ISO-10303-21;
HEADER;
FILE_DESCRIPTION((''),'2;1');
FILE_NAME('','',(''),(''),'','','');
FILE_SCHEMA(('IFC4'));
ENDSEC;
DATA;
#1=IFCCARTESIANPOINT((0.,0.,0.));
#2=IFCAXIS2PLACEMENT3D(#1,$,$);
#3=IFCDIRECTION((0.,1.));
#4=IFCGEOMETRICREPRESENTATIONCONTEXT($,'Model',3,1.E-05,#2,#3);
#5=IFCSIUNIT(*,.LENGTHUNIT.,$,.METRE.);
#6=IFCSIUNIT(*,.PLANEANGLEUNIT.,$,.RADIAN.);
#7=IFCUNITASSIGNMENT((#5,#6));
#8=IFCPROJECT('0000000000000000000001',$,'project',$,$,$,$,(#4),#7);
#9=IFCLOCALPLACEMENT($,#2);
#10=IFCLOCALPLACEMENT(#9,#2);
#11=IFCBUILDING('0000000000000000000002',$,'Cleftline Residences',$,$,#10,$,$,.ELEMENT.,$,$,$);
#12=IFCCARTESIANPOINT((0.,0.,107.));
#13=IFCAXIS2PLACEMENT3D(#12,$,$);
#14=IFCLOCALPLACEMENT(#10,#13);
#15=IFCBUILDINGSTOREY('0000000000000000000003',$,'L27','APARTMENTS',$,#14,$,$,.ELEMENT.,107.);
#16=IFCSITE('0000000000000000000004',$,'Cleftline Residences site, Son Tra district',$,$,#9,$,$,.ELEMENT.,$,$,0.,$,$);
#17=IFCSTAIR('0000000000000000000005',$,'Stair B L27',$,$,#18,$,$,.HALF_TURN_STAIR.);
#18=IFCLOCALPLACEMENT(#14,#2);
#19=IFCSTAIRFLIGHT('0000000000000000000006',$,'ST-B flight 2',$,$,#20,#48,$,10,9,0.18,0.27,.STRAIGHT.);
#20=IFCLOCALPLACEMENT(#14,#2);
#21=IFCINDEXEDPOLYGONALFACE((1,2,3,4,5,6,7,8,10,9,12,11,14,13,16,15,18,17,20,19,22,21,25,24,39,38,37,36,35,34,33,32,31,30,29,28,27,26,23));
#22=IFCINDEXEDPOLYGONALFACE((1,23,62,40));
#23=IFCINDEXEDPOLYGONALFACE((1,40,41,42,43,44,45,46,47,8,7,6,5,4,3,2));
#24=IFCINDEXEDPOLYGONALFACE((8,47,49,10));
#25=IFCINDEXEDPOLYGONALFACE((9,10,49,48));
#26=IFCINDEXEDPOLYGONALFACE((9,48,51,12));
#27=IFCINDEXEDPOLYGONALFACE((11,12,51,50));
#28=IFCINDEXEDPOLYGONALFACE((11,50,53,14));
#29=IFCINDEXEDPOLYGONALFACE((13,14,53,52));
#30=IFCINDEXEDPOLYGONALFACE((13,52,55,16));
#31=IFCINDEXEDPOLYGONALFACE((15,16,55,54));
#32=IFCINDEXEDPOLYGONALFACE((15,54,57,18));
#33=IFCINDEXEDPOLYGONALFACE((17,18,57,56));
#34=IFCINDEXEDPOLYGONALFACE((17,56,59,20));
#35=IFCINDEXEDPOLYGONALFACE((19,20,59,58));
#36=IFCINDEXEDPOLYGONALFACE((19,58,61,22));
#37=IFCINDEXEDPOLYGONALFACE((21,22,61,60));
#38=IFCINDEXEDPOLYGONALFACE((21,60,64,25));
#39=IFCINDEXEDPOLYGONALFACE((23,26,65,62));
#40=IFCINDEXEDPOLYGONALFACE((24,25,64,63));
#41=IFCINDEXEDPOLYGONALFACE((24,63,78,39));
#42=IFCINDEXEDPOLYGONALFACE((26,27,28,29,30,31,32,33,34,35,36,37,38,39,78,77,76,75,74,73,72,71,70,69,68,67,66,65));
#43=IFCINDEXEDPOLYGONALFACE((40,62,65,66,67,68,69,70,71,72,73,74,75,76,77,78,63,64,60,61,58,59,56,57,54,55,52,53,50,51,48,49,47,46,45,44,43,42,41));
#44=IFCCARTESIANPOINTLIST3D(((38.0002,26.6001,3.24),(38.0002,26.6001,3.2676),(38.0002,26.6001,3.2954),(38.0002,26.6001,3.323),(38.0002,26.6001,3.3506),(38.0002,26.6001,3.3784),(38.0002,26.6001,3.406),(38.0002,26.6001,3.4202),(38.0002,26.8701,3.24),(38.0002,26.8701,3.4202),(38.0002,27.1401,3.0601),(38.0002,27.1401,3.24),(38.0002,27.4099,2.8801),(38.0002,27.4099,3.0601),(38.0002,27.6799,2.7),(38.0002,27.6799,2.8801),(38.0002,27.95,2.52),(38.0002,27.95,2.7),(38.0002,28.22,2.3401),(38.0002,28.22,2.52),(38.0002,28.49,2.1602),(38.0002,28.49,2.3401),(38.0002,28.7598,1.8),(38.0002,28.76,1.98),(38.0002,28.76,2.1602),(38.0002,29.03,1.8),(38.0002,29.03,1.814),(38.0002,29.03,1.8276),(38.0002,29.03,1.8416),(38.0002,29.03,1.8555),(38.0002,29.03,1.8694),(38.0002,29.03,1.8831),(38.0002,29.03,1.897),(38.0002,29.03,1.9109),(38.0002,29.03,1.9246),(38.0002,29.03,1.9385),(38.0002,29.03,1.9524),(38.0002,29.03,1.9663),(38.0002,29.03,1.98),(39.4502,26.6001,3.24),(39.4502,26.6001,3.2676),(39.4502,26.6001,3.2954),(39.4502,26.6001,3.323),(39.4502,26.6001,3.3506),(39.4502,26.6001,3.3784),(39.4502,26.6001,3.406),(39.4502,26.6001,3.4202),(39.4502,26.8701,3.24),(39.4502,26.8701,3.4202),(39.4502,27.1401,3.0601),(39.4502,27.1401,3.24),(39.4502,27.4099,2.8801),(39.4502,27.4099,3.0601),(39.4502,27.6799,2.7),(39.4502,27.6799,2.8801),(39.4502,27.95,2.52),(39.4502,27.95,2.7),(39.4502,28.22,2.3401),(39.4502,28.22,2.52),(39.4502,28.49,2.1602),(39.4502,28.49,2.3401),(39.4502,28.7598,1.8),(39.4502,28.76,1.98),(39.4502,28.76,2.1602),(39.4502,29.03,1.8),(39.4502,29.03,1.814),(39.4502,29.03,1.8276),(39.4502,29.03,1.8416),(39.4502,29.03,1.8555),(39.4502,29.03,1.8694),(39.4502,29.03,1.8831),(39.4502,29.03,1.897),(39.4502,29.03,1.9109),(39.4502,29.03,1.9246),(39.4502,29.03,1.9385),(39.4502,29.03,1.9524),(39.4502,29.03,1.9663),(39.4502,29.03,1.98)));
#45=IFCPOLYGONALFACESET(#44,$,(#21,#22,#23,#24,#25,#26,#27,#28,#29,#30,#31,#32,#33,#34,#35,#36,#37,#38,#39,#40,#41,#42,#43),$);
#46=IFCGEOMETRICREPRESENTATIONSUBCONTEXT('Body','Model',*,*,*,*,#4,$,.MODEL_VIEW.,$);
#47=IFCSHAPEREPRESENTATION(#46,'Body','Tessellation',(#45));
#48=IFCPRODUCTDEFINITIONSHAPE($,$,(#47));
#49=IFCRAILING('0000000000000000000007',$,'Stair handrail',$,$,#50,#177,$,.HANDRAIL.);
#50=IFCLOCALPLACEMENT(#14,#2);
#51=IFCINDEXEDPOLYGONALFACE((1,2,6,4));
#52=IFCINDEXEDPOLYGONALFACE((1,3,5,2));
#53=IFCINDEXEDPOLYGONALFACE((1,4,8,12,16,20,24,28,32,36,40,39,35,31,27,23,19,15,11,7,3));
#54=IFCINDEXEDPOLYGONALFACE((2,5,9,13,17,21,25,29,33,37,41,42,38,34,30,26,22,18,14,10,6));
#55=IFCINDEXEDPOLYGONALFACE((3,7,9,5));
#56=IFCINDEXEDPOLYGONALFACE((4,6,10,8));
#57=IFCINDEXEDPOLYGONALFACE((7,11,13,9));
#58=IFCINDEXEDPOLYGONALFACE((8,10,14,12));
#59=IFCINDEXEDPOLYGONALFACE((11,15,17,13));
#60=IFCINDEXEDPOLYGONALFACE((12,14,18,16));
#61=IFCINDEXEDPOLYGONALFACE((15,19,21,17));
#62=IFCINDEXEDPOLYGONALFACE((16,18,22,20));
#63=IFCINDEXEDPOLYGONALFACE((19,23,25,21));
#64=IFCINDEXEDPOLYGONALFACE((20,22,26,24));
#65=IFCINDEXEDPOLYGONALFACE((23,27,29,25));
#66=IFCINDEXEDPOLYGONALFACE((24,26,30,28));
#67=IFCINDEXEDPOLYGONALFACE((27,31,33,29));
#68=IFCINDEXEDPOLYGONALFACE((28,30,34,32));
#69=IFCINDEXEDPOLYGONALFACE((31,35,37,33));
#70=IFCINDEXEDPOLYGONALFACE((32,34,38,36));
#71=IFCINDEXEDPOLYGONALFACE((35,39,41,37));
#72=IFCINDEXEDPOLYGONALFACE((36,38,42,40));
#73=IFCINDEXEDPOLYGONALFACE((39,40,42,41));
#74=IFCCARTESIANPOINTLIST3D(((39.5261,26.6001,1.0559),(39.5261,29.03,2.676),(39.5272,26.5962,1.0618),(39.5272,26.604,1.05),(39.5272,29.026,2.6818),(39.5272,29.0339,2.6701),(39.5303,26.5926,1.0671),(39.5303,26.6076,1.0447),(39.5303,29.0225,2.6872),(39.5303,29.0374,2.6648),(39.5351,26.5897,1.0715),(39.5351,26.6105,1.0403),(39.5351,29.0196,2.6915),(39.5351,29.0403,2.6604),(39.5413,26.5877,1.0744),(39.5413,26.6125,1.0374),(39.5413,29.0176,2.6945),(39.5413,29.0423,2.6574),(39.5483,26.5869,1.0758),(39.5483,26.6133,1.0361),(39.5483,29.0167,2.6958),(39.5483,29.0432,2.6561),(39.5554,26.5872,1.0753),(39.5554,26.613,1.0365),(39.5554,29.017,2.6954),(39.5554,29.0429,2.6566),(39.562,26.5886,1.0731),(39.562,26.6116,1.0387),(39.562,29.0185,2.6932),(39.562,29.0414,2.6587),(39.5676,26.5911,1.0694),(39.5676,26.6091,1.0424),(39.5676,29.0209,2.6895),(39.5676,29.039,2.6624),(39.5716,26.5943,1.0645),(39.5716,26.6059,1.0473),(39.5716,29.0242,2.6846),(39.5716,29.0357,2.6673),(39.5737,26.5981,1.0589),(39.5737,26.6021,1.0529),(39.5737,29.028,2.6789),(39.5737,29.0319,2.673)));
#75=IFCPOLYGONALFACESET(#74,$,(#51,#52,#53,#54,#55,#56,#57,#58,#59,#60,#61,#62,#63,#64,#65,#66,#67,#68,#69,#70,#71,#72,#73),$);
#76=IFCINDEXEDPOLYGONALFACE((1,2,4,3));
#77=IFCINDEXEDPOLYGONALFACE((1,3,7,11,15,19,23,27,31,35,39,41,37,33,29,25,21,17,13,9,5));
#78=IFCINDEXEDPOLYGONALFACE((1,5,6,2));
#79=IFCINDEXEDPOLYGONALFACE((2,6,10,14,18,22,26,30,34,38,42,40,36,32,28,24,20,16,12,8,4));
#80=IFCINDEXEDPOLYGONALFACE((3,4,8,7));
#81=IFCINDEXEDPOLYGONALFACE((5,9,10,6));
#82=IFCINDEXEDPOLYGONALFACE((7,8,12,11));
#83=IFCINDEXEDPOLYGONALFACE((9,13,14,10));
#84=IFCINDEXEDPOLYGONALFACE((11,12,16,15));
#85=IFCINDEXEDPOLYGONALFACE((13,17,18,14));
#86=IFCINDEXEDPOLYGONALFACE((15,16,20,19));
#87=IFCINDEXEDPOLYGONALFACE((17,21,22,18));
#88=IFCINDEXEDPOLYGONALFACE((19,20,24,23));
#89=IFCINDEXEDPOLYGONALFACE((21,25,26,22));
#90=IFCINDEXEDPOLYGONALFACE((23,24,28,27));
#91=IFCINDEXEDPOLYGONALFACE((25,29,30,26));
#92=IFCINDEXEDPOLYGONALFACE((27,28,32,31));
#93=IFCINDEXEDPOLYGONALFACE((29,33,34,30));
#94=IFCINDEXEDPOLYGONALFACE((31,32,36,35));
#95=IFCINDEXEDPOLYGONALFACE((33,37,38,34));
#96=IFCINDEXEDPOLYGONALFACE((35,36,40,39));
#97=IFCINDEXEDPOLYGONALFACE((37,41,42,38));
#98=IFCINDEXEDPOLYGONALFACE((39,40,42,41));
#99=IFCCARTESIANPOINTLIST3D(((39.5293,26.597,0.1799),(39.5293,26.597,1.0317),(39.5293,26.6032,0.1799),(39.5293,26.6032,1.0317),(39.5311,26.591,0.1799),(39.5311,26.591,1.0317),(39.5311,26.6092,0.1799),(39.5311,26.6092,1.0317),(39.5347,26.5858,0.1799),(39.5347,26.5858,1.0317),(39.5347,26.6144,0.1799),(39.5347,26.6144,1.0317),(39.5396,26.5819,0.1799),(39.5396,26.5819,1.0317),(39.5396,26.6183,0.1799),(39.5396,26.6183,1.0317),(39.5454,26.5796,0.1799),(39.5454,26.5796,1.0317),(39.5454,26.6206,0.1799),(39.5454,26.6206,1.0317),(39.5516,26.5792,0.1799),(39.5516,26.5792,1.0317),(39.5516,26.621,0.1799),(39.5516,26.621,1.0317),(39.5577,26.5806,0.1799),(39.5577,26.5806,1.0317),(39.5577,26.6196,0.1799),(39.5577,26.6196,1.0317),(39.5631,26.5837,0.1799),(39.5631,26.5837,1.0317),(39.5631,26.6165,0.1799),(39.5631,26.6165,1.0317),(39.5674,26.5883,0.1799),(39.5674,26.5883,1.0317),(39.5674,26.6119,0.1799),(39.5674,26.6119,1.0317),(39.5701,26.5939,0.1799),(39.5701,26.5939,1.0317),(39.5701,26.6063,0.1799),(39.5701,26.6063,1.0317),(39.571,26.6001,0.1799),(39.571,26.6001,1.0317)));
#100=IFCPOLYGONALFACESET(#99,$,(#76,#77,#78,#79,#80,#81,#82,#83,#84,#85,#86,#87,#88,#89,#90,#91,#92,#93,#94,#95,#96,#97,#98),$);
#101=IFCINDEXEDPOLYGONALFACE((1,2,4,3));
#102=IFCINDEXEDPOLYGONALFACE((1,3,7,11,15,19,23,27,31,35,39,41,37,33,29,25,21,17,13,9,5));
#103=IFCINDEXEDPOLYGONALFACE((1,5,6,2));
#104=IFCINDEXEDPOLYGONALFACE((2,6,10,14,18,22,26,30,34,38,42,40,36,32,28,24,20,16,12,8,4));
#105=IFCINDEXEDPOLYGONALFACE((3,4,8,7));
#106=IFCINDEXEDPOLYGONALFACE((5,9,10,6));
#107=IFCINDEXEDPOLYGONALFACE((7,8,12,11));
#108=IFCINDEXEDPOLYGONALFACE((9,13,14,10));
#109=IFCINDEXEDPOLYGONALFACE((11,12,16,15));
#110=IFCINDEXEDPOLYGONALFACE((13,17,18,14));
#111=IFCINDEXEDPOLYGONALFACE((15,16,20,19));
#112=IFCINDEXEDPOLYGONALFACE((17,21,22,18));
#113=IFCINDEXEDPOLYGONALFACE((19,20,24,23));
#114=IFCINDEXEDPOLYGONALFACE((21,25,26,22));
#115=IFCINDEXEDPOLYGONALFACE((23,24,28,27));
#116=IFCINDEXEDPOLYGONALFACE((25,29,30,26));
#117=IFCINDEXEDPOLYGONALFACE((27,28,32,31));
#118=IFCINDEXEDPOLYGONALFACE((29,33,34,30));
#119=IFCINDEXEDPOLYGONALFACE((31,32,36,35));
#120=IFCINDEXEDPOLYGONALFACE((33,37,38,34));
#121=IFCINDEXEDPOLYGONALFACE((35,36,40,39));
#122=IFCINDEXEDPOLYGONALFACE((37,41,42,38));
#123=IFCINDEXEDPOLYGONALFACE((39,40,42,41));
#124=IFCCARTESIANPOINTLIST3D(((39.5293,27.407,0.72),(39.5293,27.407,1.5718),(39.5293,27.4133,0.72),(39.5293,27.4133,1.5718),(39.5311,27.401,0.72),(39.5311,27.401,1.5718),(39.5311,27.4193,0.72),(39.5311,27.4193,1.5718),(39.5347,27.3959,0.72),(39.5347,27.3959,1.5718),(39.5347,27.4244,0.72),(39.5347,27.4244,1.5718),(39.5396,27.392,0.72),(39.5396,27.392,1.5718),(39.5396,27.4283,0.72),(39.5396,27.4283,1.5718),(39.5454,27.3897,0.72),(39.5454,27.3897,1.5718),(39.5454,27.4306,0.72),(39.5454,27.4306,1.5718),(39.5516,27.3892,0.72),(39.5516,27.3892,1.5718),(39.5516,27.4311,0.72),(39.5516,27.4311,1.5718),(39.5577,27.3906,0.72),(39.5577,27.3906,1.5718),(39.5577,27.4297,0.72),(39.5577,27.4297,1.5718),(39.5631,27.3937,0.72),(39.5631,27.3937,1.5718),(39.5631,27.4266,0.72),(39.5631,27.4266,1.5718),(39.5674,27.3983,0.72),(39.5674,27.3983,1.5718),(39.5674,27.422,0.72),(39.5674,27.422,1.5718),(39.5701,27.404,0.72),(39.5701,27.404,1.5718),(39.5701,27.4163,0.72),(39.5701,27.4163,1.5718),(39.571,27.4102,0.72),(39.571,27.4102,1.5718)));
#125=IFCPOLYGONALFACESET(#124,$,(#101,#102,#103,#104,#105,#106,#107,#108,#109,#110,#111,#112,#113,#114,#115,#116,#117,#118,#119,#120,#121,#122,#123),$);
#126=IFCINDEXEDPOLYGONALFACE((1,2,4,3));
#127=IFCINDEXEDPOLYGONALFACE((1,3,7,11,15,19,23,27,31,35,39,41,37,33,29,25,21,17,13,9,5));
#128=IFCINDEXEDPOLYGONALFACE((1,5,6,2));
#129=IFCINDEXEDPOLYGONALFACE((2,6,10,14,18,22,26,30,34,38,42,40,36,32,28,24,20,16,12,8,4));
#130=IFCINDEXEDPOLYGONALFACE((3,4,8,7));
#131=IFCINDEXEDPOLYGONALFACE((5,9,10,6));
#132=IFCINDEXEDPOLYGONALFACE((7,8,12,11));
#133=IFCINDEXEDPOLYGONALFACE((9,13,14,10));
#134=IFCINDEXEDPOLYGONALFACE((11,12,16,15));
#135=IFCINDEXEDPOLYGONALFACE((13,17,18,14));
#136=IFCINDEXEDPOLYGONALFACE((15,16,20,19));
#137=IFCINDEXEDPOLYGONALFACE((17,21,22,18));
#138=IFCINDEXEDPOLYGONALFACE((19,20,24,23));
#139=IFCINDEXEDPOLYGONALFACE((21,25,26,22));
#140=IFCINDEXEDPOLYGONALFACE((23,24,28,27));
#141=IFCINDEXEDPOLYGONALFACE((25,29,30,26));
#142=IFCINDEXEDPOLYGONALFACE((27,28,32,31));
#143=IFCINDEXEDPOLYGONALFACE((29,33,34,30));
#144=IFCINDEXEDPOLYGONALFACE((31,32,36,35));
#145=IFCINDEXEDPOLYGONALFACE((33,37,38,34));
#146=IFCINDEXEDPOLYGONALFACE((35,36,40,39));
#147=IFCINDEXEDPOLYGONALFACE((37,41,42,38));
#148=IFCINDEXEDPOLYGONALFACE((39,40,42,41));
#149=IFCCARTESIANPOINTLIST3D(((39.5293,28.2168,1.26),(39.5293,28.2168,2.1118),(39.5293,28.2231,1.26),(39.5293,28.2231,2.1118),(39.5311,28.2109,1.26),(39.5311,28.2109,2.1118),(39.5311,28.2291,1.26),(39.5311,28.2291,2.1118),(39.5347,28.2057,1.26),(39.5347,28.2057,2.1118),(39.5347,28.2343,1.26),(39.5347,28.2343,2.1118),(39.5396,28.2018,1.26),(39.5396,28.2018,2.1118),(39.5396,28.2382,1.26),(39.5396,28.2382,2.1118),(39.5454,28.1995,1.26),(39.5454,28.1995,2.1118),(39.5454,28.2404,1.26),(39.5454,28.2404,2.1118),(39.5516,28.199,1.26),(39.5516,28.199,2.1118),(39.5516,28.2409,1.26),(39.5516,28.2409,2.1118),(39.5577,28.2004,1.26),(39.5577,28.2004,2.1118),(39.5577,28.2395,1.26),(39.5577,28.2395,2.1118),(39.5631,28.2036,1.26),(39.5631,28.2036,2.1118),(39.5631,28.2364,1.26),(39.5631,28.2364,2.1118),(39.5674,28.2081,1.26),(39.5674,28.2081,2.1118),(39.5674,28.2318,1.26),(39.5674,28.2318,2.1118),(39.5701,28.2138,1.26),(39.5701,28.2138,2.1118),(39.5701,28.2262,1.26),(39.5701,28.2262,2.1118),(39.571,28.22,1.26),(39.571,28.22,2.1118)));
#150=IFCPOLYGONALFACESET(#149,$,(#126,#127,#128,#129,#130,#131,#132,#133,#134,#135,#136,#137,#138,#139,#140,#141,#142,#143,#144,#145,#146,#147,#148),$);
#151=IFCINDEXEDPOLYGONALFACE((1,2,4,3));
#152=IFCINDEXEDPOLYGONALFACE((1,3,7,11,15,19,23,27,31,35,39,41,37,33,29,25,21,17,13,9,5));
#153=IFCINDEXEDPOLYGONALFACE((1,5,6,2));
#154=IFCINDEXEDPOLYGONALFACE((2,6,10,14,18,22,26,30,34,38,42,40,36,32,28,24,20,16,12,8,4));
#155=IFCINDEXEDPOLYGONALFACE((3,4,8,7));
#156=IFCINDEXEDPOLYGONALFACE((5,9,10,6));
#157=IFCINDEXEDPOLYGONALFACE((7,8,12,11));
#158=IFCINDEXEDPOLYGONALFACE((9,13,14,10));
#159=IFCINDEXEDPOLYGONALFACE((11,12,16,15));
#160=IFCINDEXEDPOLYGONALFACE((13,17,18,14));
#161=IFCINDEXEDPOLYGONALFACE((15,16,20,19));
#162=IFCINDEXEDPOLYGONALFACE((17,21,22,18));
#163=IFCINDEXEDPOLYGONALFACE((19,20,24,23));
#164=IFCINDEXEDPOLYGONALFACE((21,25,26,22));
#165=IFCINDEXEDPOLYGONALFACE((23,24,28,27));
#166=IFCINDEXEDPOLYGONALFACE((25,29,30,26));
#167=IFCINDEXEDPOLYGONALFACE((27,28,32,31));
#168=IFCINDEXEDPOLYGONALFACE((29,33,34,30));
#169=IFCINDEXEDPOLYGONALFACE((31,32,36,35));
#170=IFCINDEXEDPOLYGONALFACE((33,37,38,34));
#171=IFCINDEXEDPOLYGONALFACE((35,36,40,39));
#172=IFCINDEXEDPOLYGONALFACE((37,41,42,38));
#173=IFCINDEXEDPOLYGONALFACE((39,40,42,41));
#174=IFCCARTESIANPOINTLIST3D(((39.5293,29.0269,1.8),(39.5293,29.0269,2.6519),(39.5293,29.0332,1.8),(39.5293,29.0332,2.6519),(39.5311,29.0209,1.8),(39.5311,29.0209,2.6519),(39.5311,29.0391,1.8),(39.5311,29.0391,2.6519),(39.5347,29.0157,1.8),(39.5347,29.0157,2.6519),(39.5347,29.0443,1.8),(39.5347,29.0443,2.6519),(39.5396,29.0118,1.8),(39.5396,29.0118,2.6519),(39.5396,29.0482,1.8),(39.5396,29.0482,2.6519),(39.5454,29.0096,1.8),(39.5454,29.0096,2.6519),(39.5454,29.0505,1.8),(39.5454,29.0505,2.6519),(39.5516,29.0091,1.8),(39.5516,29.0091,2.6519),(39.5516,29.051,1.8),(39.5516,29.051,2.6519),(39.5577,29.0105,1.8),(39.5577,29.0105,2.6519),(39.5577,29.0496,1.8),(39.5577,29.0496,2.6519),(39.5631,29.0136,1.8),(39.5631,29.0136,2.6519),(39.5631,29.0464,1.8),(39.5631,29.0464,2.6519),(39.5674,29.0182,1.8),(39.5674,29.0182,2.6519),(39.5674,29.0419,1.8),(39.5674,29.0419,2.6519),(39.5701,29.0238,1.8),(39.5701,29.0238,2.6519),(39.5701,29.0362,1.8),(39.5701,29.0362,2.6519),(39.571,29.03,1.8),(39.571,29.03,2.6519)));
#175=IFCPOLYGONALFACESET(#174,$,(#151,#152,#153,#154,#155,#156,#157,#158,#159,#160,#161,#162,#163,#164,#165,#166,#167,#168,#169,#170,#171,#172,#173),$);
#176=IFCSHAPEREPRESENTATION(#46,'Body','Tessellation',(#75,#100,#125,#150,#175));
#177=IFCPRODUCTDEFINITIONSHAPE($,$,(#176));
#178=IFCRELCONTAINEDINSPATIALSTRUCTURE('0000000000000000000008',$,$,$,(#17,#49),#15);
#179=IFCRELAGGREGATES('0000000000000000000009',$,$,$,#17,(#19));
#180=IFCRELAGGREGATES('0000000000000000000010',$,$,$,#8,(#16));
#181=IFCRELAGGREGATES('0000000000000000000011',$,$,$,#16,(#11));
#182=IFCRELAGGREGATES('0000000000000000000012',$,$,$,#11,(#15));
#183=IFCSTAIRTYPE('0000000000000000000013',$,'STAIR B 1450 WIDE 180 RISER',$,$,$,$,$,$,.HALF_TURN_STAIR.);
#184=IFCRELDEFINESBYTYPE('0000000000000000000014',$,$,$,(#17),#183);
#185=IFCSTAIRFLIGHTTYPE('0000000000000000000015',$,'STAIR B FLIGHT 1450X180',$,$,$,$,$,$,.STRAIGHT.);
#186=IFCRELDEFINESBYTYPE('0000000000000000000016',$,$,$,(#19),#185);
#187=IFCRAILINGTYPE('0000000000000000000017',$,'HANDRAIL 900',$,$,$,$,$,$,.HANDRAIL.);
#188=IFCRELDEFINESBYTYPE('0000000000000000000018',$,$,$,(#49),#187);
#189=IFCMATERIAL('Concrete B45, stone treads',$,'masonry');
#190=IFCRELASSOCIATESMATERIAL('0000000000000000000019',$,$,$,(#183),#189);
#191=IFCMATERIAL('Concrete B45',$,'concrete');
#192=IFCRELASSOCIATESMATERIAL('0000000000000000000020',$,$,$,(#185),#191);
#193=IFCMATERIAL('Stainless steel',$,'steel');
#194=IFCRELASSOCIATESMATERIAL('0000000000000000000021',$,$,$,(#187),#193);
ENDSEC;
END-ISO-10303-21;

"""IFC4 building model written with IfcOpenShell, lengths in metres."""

from ifc_helpers import new_model, si_unit, direction, frame, origin, origin_2d, place, context, subcontext, project, spatial, polyline, circle, outline, extrude, material, type_object, element, aggregate, save


model = new_model("IFC4")

# Units and contexts
model_context = context("Model", 3, precision=1e-05, world=origin(), true_north=direction((0.0, 1.0)))
body_context = subcontext(model_context, "Body", "Model", "MODEL_VIEW")
ifc_project = project(units=[si_unit("LENGTHUNIT", "METRE"), si_unit("PLANEANGLEUNIT", "RADIAN")], contexts=[model_context])

# Site, building, storey
site_placement = place(None, origin())
site = spatial("IfcSite", under=ifc_project, at=site_placement, Name="Cleftline Residences site, Son Tra district", CompositionType="ELEMENT", RefElevation=0.0)
building_placement = place(site_placement, origin())
building = spatial("IfcBuilding", under=site, at=building_placement, Name="Cleftline Residences", CompositionType="ELEMENT")
storey_placement = place(building_placement, frame((0.0, 0.0, 107.0)))
storey = spatial("IfcBuildingStorey", under=building, at=storey_placement, Name="L27", Description="APARTMENTS", CompositionType="ELEMENT", Elevation=107.0)

# Stair, stair flight
ifc_material_1 = material(Name="Concrete B45, stone treads", Category="masonry")
stair_type = type_object("IfcStairType", Name="STAIR B 1450 WIDE 180 RISER", PredefinedType="HALF_TURN_STAIR", material=ifc_material_1)
stair_placement = place(storey_placement, origin())
stair = element("IfcStair", 1, at=stair_placement, inside=storey, type_object=stair_type, Name="Stair B L27", PredefinedType="HALF_TURN_STAIR")
ifc_material_2 = material(Name="Concrete B45", Category="concrete")
stair_flight_type = type_object("IfcStairFlightType", Name="STAIR B FLIGHT 1450X180", PredefinedType="STRAIGHT", material=ifc_material_2)
stair_flight_1_placement = place(storey_placement, frame((38.7251, 29.03, 1.8), z_axis=(0.0, 0.0, 1.0), x_axis=(0.0, -1.0, 0.0)))
stair_flight_1 = element("IfcStairFlight", 2, at=stair_flight_1_placement, type_object=stair_flight_type, Name="ST-B flight 2", NumberOfRisers=10, NumberOfTreads=9, PredefinedType="STRAIGHT", RiserHeight=0.18, TreadLength=0.27, context=body_context, shape_type="SweptSolid", body=[
    extrude(outline(polyline([(0.0, 0.0), (0.0, 0.0139), (0.0, 0.0276), (0.0, 0.0415), (0.0, 0.0554), (0.0, 0.0693), (0.0, 0.083), (0.0, 0.0969), (0.0, 0.1108), (0.0, 0.1245), (0.0, 0.1384), (0.0, 0.1523), (0.0, 0.1663), (0.0, 0.1799), (0.27, 0.1799), (0.27, 0.3601), (0.54, 0.3601), (0.54, 0.54), (0.8101, 0.54), (0.8101, 0.72), (1.0801, 0.72), (1.0801, 0.8999), (1.3501, 0.8999), (1.3501, 1.0801), (1.6201, 1.0801), (1.6201, 1.26), (1.8899, 1.26), (1.8899, 1.4399), (2.1599, 1.4399), (2.1599, 1.6201), (2.4299, 1.6201), (2.4299, 1.8), (2.4299, 1.7722), (2.4299, 1.7446), (2.4299, 1.7168), (2.4299, 1.6892), (2.4299, 1.6614), (2.4299, 1.6338), (2.4299, 1.606), (2.4299, 1.5784), (2.4299, 1.5505), (2.4299, 1.5229), (2.4299, 1.4954), (2.4299, 1.4675), (2.4299, 1.4399), (0.2703, 0.0), (0.0, 0.0)])), frame((0.0, 0.7251, 0.0), z_axis=(0.0, -1.0, 0.0), x_axis=(1.0, 0.0, 0.0)), (0.0, 0.0, 1.0), 1.45),
])
aggregate(stair, [stair_flight_1])

# Railing
ifc_material_3 = material(Name="Stainless steel", Category="steel")
railing_type = type_object("IfcRailingType", Name="HANDRAIL 900", PredefinedType="HANDRAIL", material=ifc_material_3)
railing_1_placement = place(storey_placement, frame((39.55, 26.6001, 0.1799)))
element("IfcRailing", 3, at=railing_1_placement, inside=storey, type_object=railing_type, Name="Stair handrail", PredefinedType="HANDRAIL", context=body_context, shape_type="SweptSolid", body=[
    extrude(circle(Radius=0.0239, at=origin_2d()), frame((0.0, 0.0, 0.876), z_axis=(0.0, 0.832025, 0.554739), x_axis=(-1.0, 0.0, 0.0)), (0.0, 0.0, 1.0), 2.9204),
    extrude(circle(Radius=0.021, at=origin_2d()), origin(), (0.0, 0.0, 1.0), 0.8518),
    extrude(circle(Radius=0.021, at=origin_2d()), frame((0.0, 0.8101, 0.54)), (0.0, 0.0, 1.0), 0.8518),
    extrude(circle(Radius=0.021, at=origin_2d()), frame((0.0, 1.6199, 1.0801)), (0.0, 0.0, 1.0), 0.8518),
    extrude(circle(Radius=0.021, at=origin_2d()), frame((0.0, 2.4299, 1.6201)), (0.0, 0.0, 1.0), 0.8518),
])

save(model, "model.ifc")
